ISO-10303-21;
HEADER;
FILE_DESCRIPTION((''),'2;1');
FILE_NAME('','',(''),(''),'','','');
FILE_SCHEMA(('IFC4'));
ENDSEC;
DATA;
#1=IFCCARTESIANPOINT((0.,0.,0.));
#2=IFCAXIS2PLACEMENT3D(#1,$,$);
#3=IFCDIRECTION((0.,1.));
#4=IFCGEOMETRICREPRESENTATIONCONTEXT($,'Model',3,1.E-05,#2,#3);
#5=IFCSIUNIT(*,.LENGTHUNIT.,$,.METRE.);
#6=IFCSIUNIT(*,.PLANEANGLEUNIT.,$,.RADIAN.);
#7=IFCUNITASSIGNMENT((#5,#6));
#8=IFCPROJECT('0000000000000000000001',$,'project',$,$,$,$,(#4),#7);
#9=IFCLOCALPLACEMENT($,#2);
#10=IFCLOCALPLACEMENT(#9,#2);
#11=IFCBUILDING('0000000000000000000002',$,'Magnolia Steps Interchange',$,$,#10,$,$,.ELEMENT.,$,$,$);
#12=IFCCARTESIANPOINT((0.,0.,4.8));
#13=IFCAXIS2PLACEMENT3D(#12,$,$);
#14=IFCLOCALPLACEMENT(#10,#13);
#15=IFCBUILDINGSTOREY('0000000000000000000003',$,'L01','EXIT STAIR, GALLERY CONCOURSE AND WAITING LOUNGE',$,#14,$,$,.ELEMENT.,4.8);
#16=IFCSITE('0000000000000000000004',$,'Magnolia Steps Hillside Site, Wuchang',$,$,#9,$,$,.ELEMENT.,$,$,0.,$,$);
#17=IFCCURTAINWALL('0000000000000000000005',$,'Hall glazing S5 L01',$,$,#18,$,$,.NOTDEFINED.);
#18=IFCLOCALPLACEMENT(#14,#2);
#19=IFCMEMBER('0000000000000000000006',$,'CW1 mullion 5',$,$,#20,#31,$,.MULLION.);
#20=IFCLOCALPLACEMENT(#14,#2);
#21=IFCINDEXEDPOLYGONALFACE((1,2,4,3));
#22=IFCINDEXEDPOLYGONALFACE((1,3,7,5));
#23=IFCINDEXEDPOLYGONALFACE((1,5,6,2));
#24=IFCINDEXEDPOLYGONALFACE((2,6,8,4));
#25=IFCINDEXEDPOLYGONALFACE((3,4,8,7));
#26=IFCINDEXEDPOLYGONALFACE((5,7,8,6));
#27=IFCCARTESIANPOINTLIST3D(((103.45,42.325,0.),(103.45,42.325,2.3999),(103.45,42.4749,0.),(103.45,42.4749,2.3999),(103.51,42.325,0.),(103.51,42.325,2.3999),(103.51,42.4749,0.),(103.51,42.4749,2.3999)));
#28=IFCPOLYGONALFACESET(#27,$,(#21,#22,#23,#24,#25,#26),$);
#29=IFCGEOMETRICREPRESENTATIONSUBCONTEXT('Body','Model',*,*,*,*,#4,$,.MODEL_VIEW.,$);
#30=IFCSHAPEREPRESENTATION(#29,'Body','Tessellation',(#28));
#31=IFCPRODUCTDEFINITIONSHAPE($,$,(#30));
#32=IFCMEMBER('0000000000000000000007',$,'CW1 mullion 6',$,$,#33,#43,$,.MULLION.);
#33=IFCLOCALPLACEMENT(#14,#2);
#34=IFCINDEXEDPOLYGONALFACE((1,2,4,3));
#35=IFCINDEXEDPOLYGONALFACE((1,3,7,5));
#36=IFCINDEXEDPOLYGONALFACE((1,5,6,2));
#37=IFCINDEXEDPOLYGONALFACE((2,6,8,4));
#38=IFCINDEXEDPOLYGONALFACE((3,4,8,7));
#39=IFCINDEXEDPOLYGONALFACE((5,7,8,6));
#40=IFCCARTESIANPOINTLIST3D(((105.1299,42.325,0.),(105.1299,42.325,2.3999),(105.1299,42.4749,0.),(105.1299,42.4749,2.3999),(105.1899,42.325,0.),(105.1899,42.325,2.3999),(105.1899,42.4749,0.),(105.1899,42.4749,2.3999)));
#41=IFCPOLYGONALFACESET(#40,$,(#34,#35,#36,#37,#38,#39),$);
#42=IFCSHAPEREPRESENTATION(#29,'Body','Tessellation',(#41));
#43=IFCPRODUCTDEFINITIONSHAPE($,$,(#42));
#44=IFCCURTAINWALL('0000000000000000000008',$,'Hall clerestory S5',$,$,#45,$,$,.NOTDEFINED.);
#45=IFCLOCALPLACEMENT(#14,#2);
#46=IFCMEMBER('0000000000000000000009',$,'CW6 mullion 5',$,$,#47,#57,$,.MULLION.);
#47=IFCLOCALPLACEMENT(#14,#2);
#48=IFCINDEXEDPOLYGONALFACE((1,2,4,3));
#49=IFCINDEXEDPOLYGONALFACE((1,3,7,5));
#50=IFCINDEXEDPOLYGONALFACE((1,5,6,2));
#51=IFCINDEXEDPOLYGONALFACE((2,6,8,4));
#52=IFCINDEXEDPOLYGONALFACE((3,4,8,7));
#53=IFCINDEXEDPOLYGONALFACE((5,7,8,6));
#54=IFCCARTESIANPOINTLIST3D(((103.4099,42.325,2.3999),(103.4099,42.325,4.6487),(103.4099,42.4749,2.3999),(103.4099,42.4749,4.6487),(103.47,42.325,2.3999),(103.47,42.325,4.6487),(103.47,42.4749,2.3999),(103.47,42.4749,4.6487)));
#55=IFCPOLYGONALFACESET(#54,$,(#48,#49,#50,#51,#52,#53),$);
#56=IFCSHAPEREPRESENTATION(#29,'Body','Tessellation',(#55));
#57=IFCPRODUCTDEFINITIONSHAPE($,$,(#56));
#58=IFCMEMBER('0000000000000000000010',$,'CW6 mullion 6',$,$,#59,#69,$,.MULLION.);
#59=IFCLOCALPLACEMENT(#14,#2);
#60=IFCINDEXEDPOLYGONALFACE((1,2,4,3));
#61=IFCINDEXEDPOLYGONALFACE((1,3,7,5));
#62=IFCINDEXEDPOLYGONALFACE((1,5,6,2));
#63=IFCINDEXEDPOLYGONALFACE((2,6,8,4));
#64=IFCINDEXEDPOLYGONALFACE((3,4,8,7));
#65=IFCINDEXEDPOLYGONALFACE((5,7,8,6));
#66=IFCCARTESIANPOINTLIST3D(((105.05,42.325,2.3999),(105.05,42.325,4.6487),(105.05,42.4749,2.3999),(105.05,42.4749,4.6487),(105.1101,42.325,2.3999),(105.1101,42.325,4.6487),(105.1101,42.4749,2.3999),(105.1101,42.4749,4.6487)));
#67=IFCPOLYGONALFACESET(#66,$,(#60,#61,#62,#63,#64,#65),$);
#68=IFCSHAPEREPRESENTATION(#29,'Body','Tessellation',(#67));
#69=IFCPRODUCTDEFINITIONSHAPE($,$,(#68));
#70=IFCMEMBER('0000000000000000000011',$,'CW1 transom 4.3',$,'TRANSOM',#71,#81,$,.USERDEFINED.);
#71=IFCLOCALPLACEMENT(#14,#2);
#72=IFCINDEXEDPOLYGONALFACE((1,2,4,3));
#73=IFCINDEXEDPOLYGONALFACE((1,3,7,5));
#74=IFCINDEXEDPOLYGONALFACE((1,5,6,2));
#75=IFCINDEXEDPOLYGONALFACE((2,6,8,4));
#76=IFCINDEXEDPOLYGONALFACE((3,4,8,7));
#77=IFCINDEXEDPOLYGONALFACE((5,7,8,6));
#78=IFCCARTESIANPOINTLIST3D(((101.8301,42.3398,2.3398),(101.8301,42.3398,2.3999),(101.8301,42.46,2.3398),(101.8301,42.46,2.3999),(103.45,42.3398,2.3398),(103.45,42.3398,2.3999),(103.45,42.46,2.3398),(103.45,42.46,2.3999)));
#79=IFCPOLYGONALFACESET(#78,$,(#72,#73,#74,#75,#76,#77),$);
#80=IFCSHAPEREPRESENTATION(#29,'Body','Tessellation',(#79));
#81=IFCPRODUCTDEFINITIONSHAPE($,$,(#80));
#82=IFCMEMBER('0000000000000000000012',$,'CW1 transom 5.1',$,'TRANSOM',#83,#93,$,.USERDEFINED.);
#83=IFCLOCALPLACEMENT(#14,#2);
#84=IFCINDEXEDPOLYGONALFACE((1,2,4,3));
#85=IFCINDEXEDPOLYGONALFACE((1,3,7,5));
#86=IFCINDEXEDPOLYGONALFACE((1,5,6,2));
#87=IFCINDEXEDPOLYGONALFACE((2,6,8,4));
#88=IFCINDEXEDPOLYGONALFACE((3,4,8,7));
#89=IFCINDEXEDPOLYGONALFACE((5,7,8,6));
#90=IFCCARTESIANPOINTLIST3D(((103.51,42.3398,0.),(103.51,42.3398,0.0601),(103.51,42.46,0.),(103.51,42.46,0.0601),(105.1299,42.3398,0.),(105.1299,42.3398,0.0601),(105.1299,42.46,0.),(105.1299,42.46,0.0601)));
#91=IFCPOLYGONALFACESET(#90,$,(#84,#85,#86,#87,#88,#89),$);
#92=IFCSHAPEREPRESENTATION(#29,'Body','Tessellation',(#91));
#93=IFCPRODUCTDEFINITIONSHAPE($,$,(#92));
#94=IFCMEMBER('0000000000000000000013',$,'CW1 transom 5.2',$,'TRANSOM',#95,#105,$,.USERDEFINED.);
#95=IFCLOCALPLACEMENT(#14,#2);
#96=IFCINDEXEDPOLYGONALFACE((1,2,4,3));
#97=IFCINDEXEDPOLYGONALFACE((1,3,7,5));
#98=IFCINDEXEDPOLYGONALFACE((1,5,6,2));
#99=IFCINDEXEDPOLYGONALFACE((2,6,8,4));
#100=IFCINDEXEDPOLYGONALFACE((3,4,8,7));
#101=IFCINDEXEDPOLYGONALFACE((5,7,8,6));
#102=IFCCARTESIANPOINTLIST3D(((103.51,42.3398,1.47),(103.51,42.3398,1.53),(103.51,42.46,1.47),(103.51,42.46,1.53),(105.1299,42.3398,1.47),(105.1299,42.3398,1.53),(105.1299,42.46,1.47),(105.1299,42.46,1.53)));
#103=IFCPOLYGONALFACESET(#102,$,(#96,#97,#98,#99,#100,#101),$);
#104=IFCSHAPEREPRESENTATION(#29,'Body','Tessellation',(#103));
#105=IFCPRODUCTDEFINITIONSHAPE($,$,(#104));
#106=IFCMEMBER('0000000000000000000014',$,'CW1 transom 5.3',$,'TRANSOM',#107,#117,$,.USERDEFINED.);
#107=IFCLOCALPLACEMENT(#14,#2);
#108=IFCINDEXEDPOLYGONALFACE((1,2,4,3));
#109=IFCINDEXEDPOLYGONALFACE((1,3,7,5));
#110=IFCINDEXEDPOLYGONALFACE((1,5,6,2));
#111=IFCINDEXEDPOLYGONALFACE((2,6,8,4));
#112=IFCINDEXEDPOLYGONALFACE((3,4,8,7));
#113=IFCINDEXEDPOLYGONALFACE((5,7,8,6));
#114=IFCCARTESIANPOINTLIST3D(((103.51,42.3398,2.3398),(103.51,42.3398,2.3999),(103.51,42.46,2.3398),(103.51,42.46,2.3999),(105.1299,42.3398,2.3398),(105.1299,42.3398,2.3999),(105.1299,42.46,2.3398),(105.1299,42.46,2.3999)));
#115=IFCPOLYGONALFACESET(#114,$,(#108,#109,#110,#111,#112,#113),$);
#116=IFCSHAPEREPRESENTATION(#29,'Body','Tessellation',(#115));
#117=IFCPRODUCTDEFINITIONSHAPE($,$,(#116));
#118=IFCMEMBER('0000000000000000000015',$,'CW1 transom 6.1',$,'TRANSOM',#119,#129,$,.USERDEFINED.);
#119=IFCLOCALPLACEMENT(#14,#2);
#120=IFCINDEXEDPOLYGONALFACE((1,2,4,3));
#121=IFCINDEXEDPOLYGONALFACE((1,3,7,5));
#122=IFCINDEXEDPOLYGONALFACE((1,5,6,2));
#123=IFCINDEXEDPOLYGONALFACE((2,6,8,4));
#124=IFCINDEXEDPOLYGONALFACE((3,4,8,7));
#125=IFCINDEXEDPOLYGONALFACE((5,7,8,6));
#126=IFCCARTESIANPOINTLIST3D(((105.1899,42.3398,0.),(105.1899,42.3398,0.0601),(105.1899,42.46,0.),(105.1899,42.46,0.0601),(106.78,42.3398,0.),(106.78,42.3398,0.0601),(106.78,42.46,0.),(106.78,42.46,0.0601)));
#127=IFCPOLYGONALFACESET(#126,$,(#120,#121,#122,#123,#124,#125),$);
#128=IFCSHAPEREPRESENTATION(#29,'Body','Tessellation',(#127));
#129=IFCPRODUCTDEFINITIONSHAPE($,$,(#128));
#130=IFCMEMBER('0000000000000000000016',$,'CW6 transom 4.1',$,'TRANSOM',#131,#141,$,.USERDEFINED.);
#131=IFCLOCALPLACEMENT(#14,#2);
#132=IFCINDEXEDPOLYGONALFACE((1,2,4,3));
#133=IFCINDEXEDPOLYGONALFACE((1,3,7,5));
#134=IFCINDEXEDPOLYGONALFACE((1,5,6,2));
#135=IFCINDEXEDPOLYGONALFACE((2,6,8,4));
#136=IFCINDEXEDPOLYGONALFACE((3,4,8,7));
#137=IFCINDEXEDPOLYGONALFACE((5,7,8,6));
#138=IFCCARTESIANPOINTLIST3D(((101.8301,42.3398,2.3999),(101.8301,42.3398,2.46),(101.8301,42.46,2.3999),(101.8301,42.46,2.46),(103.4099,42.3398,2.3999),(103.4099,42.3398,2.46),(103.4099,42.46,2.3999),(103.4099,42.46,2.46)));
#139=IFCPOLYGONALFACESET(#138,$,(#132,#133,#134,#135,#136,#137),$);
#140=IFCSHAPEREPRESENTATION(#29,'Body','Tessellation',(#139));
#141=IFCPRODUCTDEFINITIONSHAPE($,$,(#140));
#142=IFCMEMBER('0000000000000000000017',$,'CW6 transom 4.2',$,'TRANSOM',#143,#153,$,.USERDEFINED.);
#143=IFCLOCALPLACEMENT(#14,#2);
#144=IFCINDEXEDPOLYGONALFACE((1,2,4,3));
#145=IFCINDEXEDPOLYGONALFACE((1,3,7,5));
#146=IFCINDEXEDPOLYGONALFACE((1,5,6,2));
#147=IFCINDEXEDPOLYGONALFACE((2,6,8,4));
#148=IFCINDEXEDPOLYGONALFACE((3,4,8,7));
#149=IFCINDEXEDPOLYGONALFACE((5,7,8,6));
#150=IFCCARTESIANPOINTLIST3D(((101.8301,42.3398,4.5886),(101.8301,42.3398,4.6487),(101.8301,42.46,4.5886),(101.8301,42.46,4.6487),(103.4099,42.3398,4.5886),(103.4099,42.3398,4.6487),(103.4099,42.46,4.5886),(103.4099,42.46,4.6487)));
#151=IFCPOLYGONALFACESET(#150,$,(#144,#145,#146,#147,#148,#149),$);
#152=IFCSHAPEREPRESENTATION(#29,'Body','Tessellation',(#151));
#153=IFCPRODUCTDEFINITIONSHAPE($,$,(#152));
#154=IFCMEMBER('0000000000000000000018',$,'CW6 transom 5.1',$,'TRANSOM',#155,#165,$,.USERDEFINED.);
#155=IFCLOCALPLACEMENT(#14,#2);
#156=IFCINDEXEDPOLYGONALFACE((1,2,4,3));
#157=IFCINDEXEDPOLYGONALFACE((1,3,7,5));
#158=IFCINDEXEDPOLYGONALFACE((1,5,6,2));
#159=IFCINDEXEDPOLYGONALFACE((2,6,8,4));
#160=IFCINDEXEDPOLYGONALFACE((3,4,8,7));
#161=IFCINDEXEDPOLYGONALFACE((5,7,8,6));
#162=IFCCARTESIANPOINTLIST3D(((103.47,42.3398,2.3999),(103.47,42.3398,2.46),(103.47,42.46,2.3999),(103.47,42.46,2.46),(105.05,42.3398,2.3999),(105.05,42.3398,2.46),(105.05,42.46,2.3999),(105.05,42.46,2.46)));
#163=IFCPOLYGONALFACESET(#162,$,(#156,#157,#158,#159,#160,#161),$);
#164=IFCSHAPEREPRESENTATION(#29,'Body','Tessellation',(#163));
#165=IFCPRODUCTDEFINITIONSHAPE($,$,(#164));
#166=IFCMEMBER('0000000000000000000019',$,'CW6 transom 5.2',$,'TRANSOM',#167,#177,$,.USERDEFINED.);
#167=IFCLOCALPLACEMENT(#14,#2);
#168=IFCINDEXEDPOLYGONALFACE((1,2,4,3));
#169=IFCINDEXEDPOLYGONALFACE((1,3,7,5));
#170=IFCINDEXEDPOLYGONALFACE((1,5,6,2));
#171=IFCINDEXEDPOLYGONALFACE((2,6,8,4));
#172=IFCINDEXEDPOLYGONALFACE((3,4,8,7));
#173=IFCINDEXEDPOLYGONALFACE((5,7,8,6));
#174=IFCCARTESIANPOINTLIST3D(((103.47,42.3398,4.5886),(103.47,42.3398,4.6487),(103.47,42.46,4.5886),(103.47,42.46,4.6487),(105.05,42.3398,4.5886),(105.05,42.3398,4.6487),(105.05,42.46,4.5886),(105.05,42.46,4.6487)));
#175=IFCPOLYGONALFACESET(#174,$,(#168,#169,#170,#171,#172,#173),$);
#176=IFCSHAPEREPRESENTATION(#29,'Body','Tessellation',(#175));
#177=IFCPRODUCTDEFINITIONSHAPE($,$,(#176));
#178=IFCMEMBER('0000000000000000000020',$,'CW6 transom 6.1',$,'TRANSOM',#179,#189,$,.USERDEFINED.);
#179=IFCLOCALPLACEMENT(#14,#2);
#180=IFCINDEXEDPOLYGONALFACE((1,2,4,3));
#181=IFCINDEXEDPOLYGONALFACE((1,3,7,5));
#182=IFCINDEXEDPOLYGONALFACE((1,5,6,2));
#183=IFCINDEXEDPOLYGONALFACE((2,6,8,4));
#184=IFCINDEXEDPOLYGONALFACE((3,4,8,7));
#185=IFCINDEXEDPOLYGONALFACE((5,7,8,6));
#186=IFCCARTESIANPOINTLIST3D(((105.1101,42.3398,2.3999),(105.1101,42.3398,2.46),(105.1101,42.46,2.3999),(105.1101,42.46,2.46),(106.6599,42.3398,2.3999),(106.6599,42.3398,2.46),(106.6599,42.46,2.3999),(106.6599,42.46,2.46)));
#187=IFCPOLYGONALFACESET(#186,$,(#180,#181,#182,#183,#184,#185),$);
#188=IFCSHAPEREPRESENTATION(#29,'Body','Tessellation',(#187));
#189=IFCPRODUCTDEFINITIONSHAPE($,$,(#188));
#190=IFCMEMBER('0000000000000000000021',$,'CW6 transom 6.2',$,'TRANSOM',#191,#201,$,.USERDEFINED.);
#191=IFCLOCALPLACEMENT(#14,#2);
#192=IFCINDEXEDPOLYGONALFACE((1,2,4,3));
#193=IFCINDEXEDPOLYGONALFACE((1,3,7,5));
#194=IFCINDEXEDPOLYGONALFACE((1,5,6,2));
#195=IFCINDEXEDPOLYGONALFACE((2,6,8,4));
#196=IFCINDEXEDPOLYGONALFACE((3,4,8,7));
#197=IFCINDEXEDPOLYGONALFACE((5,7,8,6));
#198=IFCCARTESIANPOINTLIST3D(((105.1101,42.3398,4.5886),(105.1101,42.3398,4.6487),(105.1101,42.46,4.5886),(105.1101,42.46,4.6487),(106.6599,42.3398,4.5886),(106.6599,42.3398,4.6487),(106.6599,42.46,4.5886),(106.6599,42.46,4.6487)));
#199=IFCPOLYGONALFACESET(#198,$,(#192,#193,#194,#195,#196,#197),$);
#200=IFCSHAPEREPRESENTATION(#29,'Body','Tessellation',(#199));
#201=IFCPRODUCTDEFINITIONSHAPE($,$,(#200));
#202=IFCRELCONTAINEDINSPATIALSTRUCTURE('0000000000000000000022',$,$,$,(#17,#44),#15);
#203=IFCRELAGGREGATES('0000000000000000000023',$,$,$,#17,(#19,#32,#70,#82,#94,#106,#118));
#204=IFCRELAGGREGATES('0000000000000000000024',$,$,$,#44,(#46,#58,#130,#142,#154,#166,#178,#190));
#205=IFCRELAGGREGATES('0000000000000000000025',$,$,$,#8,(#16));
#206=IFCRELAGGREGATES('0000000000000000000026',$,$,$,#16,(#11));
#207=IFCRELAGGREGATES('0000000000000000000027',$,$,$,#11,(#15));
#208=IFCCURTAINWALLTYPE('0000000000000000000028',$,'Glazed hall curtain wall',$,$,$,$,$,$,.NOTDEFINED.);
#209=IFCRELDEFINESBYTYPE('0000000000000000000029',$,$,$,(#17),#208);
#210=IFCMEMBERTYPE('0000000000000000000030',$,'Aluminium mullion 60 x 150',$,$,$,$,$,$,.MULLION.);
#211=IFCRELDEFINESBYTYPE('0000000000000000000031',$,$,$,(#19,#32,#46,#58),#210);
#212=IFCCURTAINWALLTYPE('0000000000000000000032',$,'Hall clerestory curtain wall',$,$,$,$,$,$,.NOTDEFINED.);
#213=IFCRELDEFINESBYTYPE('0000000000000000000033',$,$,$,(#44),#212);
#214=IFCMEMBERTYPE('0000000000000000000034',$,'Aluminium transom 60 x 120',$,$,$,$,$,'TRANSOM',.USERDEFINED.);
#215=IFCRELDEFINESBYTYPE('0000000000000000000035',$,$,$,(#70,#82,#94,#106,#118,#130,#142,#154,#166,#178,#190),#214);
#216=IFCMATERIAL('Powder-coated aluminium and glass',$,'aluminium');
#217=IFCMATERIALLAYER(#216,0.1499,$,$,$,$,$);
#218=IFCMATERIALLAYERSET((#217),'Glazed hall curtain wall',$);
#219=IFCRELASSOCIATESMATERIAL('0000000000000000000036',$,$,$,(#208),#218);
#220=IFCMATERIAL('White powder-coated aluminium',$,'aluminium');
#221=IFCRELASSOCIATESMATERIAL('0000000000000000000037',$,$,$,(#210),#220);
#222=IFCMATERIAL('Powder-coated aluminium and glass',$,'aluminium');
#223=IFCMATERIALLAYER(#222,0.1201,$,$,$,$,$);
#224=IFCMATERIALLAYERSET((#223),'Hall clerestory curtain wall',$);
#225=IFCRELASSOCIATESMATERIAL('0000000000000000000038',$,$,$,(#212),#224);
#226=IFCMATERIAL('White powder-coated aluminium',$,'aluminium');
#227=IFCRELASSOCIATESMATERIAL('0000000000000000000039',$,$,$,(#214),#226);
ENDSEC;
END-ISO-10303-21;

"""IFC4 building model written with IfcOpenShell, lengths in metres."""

from ifc_helpers import new_model, si_unit, direction, frame, origin, origin_2d, place, context, subcontext, project, spatial, rectangle, extrude, material, layer, layer_set, material_profile, profile_set, type_object, element, aggregate, save


model = new_model("IFC4")

# Units and contexts
model_context = context("Model", 3, precision=1e-05, world=origin(), true_north=direction((0.0, 1.0)))
body_context = subcontext(model_context, "Body", "Model", "MODEL_VIEW")
ifc_project = project(units=[si_unit("LENGTHUNIT", "METRE"), si_unit("PLANEANGLEUNIT", "RADIAN")], contexts=[model_context])

# Site, building, storey
site_placement = place(None, origin())
site = spatial("IfcSite", under=ifc_project, at=site_placement, Name="Magnolia Steps Hillside Site, Wuchang", CompositionType="ELEMENT", RefElevation=0.0)
building_placement = place(site_placement, origin())
building = spatial("IfcBuilding", under=site, at=building_placement, Name="Magnolia Steps Interchange", CompositionType="ELEMENT")
storey_placement = place(building_placement, frame((0.0, 0.0, 4.8)))
storey = spatial("IfcBuildingStorey", under=building, at=storey_placement, Name="L01", Description="EXIT STAIR, GALLERY CONCOURSE AND WAITING LOUNGE", CompositionType="ELEMENT", Elevation=4.8)

# Curtain walls, members
ifc_material_1 = material(Name="Powder-coated aluminium and glass", Category="aluminium")
ifc_layer_1 = layer(ifc_material_1, 0.1499)
ifc_layer_set_1 = layer_set([ifc_layer_1], Name="Glazed hall curtain wall")
curtain_wall_type_1 = type_object("IfcCurtainWallType", Name="Glazed hall curtain wall", PredefinedType="NOTDEFINED", material=ifc_layer_set_1)
curtain_wall_1_placement = place(storey_placement, origin())
curtain_wall_1 = element("IfcCurtainWall", 1, at=curtain_wall_1_placement, inside=storey, type_object=curtain_wall_type_1, Name="Hall glazing S5 L01", PredefinedType="NOTDEFINED")
ifc_material_2 = material(Name="White powder-coated aluminium", Category="aluminium")
ifc_material_profile_1 = material_profile(ifc_material_2, rectangle(XDim=0.0601, YDim=0.1499, at=origin_2d()), Name="Aluminium mullion 60 x 150")
ifc_profile_set_1 = profile_set([ifc_material_profile_1], Name="White powder-coated aluminium")
member_type_1 = type_object("IfcMemberType", Name="Aluminium mullion 60 x 150", PredefinedType="MULLION", material=ifc_profile_set_1)
member_1_placement = place(storey_placement, frame((103.48, 42.3999, 0.0), z_axis=(0.0, 0.0, 1.0), x_axis=(1.0, 0.0, 0.0)))
member_1 = element("IfcMember", 2, at=member_1_placement, type_object=member_type_1, Name="CW1 mullion 5", PredefinedType="MULLION", context=body_context, shape_type="SweptSolid", body=[
    extrude(rectangle(XDim=0.0601, YDim=0.1499, at=origin_2d()), origin(), (0.0, 0.0, 1.0), 2.3999),
])
member_2_placement = place(storey_placement, frame((105.1599, 42.3999, 0.0), z_axis=(0.0, 0.0, 1.0), x_axis=(1.0, 0.0, 0.0)))
member_2 = element("IfcMember", 3, at=member_2_placement, type_object=member_type_1, Name="CW1 mullion 6", PredefinedType="MULLION", context=body_context, shape_type="SweptSolid", body=[
    extrude(rectangle(XDim=0.0601, YDim=0.1499, at=origin_2d()), origin(), (0.0, 0.0, 1.0), 2.3999),
])
ifc_material_3 = material(Name="Powder-coated aluminium and glass", Category="aluminium")
ifc_layer_2 = layer(ifc_material_3, 0.1201)
ifc_layer_set_2 = layer_set([ifc_layer_2], Name="Hall clerestory curtain wall")
curtain_wall_type_2 = type_object("IfcCurtainWallType", Name="Hall clerestory curtain wall", PredefinedType="NOTDEFINED", material=ifc_layer_set_2)
curtain_wall_2_placement = place(storey_placement, origin())
curtain_wall_2 = element("IfcCurtainWall", 4, at=curtain_wall_2_placement, inside=storey, type_object=curtain_wall_type_2, Name="Hall clerestory S5", PredefinedType="NOTDEFINED")
member_3_placement = place(storey_placement, frame((103.4399, 42.3999, 2.3999), z_axis=(0.0, 0.0, 1.0), x_axis=(1.0, 0.0, 0.0)))
member_3 = element("IfcMember", 5, at=member_3_placement, type_object=member_type_1, Name="CW6 mullion 5", PredefinedType="MULLION", context=body_context, shape_type="SweptSolid", body=[
    extrude(rectangle(XDim=0.0601, YDim=0.1499, at=origin_2d()), origin(), (0.0, 0.0, 1.0), 2.2488),
])
member_4_placement = place(storey_placement, frame((105.0801, 42.3999, 2.3999), z_axis=(0.0, 0.0, 1.0), x_axis=(1.0, 0.0, 0.0)))
member_4 = element("IfcMember", 6, at=member_4_placement, type_object=member_type_1, Name="CW6 mullion 6", PredefinedType="MULLION", context=body_context, shape_type="SweptSolid", body=[
    extrude(rectangle(XDim=0.0601, YDim=0.1499, at=origin_2d()), origin(), (0.0, 0.0, 1.0), 2.2488),
])

# Members
ifc_material_4 = material(Name="White powder-coated aluminium", Category="aluminium")
ifc_material_profile_2 = material_profile(ifc_material_4, rectangle(XDim=0.0601, YDim=0.1201, at=origin_2d()), Name="Aluminium transom 60 x 120")
ifc_profile_set_2 = profile_set([ifc_material_profile_2], Name="White powder-coated aluminium")
member_type_2 = type_object("IfcMemberType", Name="Aluminium transom 60 x 120", ElementType="TRANSOM", PredefinedType="USERDEFINED", material=ifc_profile_set_2)
member_5_placement = place(storey_placement, frame((101.8301, 42.3999, 2.3699), z_axis=(1.0, 0.0, 0.0), x_axis=(0.0, 0.0, 1.0)))
member_5 = element("IfcMember", 7, at=member_5_placement, type_object=member_type_2, Name="CW1 transom 4.3", ObjectType="TRANSOM", PredefinedType="USERDEFINED", context=body_context, shape_type="SweptSolid", body=[
    extrude(rectangle(XDim=0.0601, YDim=0.1201, at=origin_2d()), origin(), (0.0, 0.0, 1.0), 1.6199),
])
member_6_placement = place(storey_placement, frame((103.51, 42.3999, 0.03), z_axis=(1.0, 0.0, 0.0), x_axis=(0.0, 0.0, 1.0)))
member_6 = element("IfcMember", 8, at=member_6_placement, type_object=member_type_2, Name="CW1 transom 5.1", ObjectType="TRANSOM", PredefinedType="USERDEFINED", context=body_context, shape_type="SweptSolid", body=[
    extrude(rectangle(XDim=0.0601, YDim=0.1201, at=origin_2d()), origin(), (0.0, 0.0, 1.0), 1.6199),
])
member_7_placement = place(storey_placement, frame((103.51, 42.3999, 1.5), z_axis=(1.0, 0.0, 0.0), x_axis=(0.0, 0.0, 1.0)))
member_7 = element("IfcMember", 9, at=member_7_placement, type_object=member_type_2, Name="CW1 transom 5.2", ObjectType="TRANSOM", PredefinedType="USERDEFINED", context=body_context, shape_type="SweptSolid", body=[
    extrude(rectangle(XDim=0.0601, YDim=0.1201, at=origin_2d()), origin(), (0.0, 0.0, 1.0), 1.6199),
])
member_8_placement = place(storey_placement, frame((103.51, 42.3999, 2.3699), z_axis=(1.0, 0.0, 0.0), x_axis=(0.0, 0.0, 1.0)))
member_8 = element("IfcMember", 10, at=member_8_placement, type_object=member_type_2, Name="CW1 transom 5.3", ObjectType="TRANSOM", PredefinedType="USERDEFINED", context=body_context, shape_type="SweptSolid", body=[
    extrude(rectangle(XDim=0.0601, YDim=0.1201, at=origin_2d()), origin(), (0.0, 0.0, 1.0), 1.6199),
])
member_9_placement = place(storey_placement, frame((105.1899, 42.3999, 0.03), z_axis=(1.0, 0.0, 0.0), x_axis=(0.0, 0.0, 1.0)))
member_9 = element("IfcMember", 11, at=member_9_placement, type_object=member_type_2, Name="CW1 transom 6.1", ObjectType="TRANSOM", PredefinedType="USERDEFINED", context=body_context, shape_type="SweptSolid", body=[
    extrude(rectangle(XDim=0.0601, YDim=0.1201, at=origin_2d()), origin(), (0.0, 0.0, 1.0), 1.5901),
])
member_10_placement = place(storey_placement, frame((101.8301, 42.3999, 2.4299), z_axis=(1.0, 0.0, 0.0), x_axis=(0.0, 0.0, 1.0)))
member_10 = element("IfcMember", 12, at=member_10_placement, type_object=member_type_2, Name="CW6 transom 4.1", ObjectType="TRANSOM", PredefinedType="USERDEFINED", context=body_context, shape_type="SweptSolid", body=[
    extrude(rectangle(XDim=0.0601, YDim=0.1201, at=origin_2d()), origin(), (0.0, 0.0, 1.0), 1.5798),
])
member_11_placement = place(storey_placement, frame((101.8301, 42.3999, 4.6187), z_axis=(1.0, 0.0, 0.0), x_axis=(0.0, 0.0, 1.0)))
member_11 = element("IfcMember", 13, at=member_11_placement, type_object=member_type_2, Name="CW6 transom 4.2", ObjectType="TRANSOM", PredefinedType="USERDEFINED", context=body_context, shape_type="SweptSolid", body=[
    extrude(rectangle(XDim=0.0601, YDim=0.1201, at=origin_2d()), origin(), (0.0, 0.0, 1.0), 1.5798),
])
member_12_placement = place(storey_placement, frame((103.47, 42.3999, 2.4299), z_axis=(1.0, 0.0, 0.0), x_axis=(0.0, 0.0, 1.0)))
member_12 = element("IfcMember", 14, at=member_12_placement, type_object=member_type_2, Name="CW6 transom 5.1", ObjectType="TRANSOM", PredefinedType="USERDEFINED", context=body_context, shape_type="SweptSolid", body=[
    extrude(rectangle(XDim=0.0601, YDim=0.1201, at=origin_2d()), origin(), (0.0, 0.0, 1.0), 1.5801),
])
member_13_placement = place(storey_placement, frame((103.47, 42.3999, 4.6187), z_axis=(1.0, 0.0, 0.0), x_axis=(0.0, 0.0, 1.0)))
member_13 = element("IfcMember", 15, at=member_13_placement, type_object=member_type_2, Name="CW6 transom 5.2", ObjectType="TRANSOM", PredefinedType="USERDEFINED", context=body_context, shape_type="SweptSolid", body=[
    extrude(rectangle(XDim=0.0601, YDim=0.1201, at=origin_2d()), origin(), (0.0, 0.0, 1.0), 1.5801),
])
member_14_placement = place(storey_placement, frame((105.1101, 42.3999, 2.4299), z_axis=(1.0, 0.0, 0.0), x_axis=(0.0, 0.0, 1.0)))
member_14 = element("IfcMember", 16, at=member_14_placement, type_object=member_type_2, Name="CW6 transom 6.1", ObjectType="TRANSOM", PredefinedType="USERDEFINED", context=body_context, shape_type="SweptSolid", body=[
    extrude(rectangle(XDim=0.0601, YDim=0.1201, at=origin_2d()), origin(), (0.0, 0.0, 1.0), 1.5498),
])
member_15_placement = place(storey_placement, frame((105.1101, 42.3999, 4.6187), z_axis=(1.0, 0.0, 0.0), x_axis=(0.0, 0.0, 1.0)))
member_15 = element("IfcMember", 17, at=member_15_placement, type_object=member_type_2, Name="CW6 transom 6.2", ObjectType="TRANSOM", PredefinedType="USERDEFINED", context=body_context, shape_type="SweptSolid", body=[
    extrude(rectangle(XDim=0.0601, YDim=0.1201, at=origin_2d()), origin(), (0.0, 0.0, 1.0), 1.5498),
])

aggregate(curtain_wall_1, [member_1, member_2, member_5, member_6, member_7, member_8, member_9])
aggregate(curtain_wall_2, [member_3, member_4, member_10, member_11, member_12, member_13, member_14, member_15])

save(model, "model.ifc")
